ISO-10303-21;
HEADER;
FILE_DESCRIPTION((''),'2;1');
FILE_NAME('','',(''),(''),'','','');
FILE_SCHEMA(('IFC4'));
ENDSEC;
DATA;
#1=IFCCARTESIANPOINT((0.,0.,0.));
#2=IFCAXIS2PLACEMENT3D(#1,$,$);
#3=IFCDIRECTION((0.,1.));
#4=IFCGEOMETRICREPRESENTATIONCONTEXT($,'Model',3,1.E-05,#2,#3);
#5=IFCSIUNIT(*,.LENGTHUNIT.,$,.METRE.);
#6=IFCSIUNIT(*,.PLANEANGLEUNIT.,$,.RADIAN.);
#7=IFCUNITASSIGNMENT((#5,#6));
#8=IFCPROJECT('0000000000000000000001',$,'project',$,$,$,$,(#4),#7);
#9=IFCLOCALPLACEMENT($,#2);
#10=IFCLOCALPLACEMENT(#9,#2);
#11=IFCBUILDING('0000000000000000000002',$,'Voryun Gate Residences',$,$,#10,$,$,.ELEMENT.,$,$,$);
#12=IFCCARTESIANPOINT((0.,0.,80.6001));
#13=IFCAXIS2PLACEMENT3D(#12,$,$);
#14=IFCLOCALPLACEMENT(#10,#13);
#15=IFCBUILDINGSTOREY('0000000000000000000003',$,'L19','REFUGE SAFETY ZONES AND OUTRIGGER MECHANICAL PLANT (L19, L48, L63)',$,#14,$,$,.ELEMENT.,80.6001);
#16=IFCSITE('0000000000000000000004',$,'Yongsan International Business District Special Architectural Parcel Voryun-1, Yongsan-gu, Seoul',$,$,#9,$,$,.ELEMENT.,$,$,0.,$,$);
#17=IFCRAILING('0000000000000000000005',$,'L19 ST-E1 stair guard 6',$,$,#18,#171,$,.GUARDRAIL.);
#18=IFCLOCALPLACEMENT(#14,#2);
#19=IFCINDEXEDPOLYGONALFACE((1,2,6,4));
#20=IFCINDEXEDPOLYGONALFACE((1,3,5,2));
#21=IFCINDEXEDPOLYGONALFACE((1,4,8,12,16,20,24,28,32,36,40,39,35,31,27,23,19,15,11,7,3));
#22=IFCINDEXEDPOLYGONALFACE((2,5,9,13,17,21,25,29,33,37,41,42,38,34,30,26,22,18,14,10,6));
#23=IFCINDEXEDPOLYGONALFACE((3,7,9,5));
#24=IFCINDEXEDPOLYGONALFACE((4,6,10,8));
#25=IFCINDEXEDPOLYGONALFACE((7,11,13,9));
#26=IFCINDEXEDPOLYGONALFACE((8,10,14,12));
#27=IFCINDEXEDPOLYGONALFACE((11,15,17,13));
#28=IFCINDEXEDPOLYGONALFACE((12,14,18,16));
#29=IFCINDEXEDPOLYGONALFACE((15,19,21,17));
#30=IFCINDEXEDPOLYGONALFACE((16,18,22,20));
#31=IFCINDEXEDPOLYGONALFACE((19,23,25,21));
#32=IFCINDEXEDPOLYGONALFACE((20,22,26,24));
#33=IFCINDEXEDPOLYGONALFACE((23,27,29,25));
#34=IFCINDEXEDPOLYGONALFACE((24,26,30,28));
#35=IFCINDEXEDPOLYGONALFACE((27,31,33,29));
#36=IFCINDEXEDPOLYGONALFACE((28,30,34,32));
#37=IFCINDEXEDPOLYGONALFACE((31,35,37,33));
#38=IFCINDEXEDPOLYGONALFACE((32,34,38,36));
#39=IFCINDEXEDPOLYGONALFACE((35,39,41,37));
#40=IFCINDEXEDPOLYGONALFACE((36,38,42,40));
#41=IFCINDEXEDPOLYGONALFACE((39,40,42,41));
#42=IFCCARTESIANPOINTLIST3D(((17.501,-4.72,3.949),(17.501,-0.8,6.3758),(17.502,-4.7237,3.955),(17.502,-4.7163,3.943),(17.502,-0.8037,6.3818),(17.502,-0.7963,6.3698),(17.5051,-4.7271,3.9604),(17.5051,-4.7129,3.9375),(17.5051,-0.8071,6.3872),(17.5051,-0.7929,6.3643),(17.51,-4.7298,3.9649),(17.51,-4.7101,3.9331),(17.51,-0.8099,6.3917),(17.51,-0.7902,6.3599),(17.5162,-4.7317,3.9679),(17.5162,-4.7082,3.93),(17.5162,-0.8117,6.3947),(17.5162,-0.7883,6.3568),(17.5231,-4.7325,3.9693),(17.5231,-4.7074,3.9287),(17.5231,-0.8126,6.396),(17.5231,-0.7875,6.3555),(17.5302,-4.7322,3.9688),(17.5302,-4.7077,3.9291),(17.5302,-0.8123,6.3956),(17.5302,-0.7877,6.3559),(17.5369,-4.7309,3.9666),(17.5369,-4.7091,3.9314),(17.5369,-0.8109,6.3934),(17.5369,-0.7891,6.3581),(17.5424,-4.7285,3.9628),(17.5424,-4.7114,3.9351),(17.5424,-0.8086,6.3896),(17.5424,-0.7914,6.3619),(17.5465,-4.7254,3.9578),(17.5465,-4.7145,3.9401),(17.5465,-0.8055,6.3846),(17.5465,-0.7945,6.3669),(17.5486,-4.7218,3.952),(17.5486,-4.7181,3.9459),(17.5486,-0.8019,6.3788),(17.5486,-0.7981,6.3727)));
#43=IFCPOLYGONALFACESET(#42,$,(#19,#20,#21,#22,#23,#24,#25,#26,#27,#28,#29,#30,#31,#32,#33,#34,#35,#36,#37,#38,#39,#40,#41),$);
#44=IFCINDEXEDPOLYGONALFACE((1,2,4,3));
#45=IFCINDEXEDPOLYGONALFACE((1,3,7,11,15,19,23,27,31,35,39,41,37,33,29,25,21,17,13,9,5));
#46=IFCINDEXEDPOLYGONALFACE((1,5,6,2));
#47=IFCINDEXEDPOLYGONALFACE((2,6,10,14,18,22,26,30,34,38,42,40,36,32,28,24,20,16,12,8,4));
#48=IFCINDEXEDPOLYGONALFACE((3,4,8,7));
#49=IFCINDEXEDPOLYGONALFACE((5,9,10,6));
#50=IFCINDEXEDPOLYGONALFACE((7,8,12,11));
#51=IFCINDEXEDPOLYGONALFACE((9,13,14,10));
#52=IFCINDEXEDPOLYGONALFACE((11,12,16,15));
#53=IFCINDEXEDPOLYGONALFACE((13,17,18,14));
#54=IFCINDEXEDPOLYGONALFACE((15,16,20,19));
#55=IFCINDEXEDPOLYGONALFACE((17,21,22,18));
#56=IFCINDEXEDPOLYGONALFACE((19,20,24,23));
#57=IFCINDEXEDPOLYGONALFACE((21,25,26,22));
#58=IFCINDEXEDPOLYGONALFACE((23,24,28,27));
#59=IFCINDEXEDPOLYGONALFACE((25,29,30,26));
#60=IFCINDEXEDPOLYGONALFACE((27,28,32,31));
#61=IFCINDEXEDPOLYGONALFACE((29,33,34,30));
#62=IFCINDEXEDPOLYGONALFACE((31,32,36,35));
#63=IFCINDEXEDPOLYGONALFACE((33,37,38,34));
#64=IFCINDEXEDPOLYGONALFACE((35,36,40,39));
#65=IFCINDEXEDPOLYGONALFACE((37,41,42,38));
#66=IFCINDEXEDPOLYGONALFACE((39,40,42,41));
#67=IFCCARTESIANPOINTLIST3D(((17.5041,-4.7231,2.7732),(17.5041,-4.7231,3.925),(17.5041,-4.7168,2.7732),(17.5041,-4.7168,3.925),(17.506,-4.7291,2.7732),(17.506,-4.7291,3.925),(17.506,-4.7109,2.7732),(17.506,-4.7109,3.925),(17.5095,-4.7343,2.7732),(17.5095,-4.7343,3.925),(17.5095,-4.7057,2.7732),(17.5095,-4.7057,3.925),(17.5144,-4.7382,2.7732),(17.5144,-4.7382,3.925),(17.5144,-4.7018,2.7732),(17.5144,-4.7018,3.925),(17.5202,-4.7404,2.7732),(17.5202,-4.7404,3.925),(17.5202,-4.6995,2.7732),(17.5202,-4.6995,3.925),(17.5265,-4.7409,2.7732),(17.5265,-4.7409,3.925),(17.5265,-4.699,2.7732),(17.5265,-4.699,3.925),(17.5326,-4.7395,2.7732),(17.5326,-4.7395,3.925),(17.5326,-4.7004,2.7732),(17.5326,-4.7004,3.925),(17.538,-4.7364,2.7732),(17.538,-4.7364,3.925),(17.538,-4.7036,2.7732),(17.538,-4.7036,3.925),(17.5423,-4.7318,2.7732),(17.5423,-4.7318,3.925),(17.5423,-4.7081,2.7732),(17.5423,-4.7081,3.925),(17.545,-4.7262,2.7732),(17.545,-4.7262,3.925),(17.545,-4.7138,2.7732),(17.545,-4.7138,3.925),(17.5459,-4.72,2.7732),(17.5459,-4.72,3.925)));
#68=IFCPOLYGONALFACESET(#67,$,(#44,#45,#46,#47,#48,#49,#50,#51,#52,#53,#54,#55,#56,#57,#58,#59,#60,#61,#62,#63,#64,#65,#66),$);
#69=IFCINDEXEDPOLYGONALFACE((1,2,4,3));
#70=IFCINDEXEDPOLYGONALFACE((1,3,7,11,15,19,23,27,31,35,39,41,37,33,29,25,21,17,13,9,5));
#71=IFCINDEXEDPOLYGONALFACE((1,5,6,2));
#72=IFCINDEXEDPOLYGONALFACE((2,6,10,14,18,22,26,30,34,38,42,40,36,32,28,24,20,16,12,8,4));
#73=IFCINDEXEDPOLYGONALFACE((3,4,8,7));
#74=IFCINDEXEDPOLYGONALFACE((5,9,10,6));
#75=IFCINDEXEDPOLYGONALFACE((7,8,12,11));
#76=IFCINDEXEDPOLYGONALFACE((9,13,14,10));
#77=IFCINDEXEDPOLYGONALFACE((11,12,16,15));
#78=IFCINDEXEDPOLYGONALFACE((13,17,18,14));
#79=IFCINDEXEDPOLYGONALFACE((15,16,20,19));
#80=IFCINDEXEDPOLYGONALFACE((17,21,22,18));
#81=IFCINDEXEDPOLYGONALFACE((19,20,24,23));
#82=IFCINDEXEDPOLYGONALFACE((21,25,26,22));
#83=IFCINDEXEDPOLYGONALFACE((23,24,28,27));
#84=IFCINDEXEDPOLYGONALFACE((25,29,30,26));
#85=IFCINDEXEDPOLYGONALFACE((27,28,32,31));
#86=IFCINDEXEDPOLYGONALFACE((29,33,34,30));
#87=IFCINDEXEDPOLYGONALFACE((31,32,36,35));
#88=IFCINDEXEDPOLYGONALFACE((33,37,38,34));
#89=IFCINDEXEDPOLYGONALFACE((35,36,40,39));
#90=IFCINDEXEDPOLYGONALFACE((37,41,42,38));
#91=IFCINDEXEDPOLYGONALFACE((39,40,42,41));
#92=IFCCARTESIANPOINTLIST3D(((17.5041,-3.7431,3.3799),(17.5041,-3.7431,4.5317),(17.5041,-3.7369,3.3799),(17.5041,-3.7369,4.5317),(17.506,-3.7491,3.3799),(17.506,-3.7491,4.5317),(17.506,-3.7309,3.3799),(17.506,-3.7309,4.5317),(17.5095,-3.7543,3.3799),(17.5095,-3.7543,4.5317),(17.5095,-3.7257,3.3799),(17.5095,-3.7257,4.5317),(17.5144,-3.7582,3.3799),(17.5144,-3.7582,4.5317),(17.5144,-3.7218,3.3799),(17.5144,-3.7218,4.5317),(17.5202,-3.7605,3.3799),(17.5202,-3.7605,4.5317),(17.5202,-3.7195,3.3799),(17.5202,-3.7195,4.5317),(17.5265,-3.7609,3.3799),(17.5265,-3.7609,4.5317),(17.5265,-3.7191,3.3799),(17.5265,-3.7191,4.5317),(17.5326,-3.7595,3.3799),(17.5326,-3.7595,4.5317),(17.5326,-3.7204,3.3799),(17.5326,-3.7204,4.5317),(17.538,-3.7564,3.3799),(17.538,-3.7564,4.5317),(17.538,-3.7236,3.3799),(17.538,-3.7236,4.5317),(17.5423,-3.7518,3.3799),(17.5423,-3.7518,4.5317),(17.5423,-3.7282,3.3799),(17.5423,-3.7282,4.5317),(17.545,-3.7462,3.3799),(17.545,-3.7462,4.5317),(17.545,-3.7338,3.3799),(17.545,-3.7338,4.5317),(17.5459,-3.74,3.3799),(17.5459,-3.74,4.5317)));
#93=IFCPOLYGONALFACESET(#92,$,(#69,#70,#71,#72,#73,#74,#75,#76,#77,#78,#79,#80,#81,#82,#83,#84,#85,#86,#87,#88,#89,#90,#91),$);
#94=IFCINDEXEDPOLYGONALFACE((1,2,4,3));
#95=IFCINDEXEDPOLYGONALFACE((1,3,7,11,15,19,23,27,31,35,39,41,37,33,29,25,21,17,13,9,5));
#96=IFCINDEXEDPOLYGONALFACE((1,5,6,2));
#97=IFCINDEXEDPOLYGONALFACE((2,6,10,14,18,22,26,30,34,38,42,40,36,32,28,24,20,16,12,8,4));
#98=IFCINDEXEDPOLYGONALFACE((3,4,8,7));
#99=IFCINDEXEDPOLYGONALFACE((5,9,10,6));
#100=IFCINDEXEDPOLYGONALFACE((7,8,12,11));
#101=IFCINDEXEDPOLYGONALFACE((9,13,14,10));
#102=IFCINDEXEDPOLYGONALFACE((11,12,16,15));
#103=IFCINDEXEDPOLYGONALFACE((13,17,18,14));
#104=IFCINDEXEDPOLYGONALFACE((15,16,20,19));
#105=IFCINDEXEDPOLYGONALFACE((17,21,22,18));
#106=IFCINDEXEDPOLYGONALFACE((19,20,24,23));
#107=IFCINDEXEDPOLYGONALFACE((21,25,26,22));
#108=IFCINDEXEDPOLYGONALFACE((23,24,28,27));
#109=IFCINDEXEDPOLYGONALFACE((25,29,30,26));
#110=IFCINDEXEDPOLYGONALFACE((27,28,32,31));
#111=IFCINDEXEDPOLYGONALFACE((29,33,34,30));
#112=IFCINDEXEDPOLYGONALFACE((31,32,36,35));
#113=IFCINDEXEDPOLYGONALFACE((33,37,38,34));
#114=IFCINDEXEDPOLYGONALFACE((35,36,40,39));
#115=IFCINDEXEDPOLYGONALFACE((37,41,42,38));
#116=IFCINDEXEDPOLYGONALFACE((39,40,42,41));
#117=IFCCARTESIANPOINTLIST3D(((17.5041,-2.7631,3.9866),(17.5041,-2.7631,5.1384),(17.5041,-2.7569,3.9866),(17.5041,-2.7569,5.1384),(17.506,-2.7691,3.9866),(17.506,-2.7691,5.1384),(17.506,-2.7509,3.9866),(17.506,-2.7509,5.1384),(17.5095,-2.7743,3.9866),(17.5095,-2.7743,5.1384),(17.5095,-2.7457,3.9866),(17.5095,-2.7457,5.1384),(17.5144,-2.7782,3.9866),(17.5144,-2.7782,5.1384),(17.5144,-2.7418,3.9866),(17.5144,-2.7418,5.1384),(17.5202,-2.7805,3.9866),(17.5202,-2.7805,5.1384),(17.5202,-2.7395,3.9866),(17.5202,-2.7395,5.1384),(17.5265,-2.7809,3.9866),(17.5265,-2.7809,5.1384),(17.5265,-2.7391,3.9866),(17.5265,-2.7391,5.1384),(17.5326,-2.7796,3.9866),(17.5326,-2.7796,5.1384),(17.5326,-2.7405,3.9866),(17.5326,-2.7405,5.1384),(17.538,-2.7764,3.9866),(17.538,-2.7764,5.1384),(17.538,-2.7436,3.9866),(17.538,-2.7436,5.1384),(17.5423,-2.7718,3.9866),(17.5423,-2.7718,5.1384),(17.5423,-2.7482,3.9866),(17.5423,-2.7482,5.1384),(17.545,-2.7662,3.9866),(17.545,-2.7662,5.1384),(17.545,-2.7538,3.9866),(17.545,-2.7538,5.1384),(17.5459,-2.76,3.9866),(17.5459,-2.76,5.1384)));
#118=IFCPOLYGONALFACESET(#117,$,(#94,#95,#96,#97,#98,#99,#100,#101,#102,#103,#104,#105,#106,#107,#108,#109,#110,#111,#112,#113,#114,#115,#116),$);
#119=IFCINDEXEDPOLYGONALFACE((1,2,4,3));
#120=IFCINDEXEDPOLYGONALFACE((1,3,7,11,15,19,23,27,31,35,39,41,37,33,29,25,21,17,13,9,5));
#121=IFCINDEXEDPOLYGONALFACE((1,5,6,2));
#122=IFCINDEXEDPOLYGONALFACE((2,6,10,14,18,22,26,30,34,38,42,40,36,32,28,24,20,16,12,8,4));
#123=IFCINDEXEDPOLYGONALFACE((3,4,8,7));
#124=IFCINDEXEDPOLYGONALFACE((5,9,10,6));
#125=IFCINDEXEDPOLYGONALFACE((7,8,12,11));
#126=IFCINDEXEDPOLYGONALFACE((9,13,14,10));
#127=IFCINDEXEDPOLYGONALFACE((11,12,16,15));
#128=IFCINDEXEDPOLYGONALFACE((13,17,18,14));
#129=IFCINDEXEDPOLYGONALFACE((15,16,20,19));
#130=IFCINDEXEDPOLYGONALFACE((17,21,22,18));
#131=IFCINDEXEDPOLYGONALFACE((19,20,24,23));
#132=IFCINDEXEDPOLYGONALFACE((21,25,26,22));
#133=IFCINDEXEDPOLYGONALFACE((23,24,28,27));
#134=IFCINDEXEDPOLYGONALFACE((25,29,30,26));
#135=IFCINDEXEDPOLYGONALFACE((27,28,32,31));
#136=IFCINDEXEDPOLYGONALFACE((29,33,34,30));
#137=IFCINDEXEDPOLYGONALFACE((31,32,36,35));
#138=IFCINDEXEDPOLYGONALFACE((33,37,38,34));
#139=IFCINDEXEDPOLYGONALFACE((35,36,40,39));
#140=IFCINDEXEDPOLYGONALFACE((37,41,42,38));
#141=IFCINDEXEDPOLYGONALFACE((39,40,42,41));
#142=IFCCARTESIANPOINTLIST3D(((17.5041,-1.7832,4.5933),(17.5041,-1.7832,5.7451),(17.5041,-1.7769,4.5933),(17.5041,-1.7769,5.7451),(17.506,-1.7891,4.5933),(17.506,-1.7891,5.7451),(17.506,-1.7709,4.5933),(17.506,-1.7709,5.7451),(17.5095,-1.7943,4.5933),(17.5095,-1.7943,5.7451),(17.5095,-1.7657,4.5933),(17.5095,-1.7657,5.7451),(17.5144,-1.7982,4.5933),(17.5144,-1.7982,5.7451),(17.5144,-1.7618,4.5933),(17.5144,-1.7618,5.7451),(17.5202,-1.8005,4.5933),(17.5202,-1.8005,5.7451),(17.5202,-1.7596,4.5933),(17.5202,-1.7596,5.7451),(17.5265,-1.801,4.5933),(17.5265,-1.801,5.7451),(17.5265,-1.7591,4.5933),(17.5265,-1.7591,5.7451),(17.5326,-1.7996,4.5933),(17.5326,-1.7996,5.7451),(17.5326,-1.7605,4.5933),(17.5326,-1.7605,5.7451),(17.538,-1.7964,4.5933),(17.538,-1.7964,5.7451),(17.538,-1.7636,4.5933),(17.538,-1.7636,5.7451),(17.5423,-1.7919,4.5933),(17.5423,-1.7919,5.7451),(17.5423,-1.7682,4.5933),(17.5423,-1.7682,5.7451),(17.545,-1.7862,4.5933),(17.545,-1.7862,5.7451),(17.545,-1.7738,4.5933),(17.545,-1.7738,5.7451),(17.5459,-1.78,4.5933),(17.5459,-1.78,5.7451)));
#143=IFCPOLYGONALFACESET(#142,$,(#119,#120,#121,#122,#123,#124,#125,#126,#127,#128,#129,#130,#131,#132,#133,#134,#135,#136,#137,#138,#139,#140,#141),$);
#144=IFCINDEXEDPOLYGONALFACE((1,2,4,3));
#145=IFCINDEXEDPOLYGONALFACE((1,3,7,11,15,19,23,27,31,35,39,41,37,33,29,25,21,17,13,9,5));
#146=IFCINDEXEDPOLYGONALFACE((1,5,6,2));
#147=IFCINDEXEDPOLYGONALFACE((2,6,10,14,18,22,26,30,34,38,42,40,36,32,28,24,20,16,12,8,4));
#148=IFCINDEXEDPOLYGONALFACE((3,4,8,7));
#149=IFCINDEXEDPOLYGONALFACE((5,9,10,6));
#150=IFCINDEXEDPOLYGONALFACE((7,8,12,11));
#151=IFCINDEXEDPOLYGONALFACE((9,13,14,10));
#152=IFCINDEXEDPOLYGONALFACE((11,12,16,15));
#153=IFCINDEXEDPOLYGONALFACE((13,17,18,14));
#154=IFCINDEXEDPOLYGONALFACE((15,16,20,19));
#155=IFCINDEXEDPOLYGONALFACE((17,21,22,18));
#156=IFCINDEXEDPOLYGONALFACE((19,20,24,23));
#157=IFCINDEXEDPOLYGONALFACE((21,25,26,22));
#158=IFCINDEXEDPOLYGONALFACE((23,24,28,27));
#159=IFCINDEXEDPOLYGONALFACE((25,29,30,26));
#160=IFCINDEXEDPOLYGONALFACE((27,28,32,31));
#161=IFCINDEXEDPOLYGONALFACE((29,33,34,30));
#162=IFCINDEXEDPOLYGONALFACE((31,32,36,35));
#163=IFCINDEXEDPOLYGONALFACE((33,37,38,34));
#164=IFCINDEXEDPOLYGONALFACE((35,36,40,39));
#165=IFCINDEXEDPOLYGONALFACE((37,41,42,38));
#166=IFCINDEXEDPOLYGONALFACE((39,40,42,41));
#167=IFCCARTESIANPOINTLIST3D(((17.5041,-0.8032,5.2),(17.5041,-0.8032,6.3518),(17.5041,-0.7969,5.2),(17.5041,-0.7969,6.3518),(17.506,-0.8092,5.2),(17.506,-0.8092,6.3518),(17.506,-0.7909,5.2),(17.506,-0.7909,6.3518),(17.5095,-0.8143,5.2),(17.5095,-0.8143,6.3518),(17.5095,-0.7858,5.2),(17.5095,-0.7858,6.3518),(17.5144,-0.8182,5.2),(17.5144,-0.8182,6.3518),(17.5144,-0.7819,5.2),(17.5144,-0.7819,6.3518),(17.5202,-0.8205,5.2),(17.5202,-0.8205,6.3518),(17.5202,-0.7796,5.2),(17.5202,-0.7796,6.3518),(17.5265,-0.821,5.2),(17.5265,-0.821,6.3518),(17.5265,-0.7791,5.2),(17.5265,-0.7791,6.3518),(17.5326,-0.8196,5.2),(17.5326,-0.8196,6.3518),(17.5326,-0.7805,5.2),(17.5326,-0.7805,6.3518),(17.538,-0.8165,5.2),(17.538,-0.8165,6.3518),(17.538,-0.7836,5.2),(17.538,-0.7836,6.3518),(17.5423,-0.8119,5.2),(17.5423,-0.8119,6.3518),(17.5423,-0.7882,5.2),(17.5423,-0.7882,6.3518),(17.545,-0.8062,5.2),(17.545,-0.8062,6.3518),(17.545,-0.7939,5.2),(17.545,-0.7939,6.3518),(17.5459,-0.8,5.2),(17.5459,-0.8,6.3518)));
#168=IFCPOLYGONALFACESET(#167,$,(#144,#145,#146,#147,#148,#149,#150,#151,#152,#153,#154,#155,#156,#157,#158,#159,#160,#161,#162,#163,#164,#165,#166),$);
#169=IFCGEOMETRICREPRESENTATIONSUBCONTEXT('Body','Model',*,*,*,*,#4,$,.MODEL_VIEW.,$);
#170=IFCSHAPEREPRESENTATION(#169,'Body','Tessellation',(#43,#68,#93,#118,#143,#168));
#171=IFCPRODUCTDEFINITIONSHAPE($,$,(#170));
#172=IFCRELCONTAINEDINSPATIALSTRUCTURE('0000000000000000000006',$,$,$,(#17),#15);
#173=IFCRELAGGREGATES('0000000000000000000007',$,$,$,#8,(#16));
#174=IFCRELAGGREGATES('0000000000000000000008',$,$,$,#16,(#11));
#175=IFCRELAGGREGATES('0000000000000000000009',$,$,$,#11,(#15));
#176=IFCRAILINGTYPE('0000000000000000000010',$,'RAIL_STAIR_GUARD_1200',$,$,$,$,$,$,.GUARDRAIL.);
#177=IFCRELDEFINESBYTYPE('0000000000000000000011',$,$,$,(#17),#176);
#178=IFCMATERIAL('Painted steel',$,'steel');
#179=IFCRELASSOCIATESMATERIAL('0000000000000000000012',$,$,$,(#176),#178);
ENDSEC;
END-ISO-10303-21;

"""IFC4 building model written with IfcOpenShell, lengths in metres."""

from ifc_helpers import new_model, si_unit, direction, frame, origin, origin_2d, place, context, subcontext, project, spatial, circle, extrude, material, type_object, element, save


model = new_model("IFC4")

# Units and contexts
model_context = context("Model", 3, precision=1e-05, world=origin(), true_north=direction((0.0, 1.0)))
body_context = subcontext(model_context, "Body", "Model", "MODEL_VIEW")
ifc_project = project(units=[si_unit("LENGTHUNIT", "METRE"), si_unit("PLANEANGLEUNIT", "RADIAN")], contexts=[model_context])

# Site, building, storey
site_placement = place(None, origin())
site = spatial("IfcSite", under=ifc_project, at=site_placement, Name="Yongsan International Business District Special Architectural Parcel Voryun-1, Yongsan-gu, Seoul", CompositionType="ELEMENT", RefElevation=0.0)
building_placement = place(site_placement, origin())
building = spatial("IfcBuilding", under=site, at=building_placement, Name="Voryun Gate Residences", CompositionType="ELEMENT")
storey_placement = place(building_placement, frame((0.0, 0.0, 80.6001)))
storey = spatial("IfcBuildingStorey", under=building, at=storey_placement, Name="L19", Description="REFUGE SAFETY ZONES AND OUTRIGGER MECHANICAL PLANT (L19, L48, L63)", CompositionType="ELEMENT", Elevation=80.6001)

# Railing
ifc_material_1 = material(Name="Painted steel", Category="steel")
railing_type_1 = type_object("IfcRailingType", Name="RAIL_STAIR_GUARD_1200", PredefinedType="GUARDRAIL", material=ifc_material_1)
railing_1_placement = place(storey_placement, frame((17.5249, -4.72, 2.7732)))
element("IfcRailing", 1, at=railing_1_placement, inside=storey, type_object=railing_type_1, Name="L19 ST-E1 stair guard 6", PredefinedType="GUARDRAIL", context=body_context, shape_type="SweptSolid", body=[
    extrude(circle(Radius=0.0239, at=origin_2d()), frame((0.0, 0.0, 1.1758), z_axis=(0.0, 0.850252, 0.526376), x_axis=(-1.0, 0.0, 0.0)), (0.0, 0.0, 1.0), 4.6104),
    extrude(circle(Radius=0.021, at=origin_2d()), origin(), (0.0, 0.0, 1.0), 1.1519),
    extrude(circle(Radius=0.021, at=origin_2d()), frame((0.0, 0.98, 0.6067)), (0.0, 0.0, 1.0), 1.1519),
    extrude(circle(Radius=0.021, at=origin_2d()), frame((0.0, 1.96, 1.2134)), (0.0, 0.0, 1.0), 1.1519),
    extrude(circle(Radius=0.021, at=origin_2d()), frame((0.0, 2.9399, 1.8201)), (0.0, 0.0, 1.0), 1.1519),
    extrude(circle(Radius=0.021, at=origin_2d()), frame((0.0, 3.9199, 2.4268)), (0.0, 0.0, 1.0), 1.1519),
])

save(model, "model.ifc")
